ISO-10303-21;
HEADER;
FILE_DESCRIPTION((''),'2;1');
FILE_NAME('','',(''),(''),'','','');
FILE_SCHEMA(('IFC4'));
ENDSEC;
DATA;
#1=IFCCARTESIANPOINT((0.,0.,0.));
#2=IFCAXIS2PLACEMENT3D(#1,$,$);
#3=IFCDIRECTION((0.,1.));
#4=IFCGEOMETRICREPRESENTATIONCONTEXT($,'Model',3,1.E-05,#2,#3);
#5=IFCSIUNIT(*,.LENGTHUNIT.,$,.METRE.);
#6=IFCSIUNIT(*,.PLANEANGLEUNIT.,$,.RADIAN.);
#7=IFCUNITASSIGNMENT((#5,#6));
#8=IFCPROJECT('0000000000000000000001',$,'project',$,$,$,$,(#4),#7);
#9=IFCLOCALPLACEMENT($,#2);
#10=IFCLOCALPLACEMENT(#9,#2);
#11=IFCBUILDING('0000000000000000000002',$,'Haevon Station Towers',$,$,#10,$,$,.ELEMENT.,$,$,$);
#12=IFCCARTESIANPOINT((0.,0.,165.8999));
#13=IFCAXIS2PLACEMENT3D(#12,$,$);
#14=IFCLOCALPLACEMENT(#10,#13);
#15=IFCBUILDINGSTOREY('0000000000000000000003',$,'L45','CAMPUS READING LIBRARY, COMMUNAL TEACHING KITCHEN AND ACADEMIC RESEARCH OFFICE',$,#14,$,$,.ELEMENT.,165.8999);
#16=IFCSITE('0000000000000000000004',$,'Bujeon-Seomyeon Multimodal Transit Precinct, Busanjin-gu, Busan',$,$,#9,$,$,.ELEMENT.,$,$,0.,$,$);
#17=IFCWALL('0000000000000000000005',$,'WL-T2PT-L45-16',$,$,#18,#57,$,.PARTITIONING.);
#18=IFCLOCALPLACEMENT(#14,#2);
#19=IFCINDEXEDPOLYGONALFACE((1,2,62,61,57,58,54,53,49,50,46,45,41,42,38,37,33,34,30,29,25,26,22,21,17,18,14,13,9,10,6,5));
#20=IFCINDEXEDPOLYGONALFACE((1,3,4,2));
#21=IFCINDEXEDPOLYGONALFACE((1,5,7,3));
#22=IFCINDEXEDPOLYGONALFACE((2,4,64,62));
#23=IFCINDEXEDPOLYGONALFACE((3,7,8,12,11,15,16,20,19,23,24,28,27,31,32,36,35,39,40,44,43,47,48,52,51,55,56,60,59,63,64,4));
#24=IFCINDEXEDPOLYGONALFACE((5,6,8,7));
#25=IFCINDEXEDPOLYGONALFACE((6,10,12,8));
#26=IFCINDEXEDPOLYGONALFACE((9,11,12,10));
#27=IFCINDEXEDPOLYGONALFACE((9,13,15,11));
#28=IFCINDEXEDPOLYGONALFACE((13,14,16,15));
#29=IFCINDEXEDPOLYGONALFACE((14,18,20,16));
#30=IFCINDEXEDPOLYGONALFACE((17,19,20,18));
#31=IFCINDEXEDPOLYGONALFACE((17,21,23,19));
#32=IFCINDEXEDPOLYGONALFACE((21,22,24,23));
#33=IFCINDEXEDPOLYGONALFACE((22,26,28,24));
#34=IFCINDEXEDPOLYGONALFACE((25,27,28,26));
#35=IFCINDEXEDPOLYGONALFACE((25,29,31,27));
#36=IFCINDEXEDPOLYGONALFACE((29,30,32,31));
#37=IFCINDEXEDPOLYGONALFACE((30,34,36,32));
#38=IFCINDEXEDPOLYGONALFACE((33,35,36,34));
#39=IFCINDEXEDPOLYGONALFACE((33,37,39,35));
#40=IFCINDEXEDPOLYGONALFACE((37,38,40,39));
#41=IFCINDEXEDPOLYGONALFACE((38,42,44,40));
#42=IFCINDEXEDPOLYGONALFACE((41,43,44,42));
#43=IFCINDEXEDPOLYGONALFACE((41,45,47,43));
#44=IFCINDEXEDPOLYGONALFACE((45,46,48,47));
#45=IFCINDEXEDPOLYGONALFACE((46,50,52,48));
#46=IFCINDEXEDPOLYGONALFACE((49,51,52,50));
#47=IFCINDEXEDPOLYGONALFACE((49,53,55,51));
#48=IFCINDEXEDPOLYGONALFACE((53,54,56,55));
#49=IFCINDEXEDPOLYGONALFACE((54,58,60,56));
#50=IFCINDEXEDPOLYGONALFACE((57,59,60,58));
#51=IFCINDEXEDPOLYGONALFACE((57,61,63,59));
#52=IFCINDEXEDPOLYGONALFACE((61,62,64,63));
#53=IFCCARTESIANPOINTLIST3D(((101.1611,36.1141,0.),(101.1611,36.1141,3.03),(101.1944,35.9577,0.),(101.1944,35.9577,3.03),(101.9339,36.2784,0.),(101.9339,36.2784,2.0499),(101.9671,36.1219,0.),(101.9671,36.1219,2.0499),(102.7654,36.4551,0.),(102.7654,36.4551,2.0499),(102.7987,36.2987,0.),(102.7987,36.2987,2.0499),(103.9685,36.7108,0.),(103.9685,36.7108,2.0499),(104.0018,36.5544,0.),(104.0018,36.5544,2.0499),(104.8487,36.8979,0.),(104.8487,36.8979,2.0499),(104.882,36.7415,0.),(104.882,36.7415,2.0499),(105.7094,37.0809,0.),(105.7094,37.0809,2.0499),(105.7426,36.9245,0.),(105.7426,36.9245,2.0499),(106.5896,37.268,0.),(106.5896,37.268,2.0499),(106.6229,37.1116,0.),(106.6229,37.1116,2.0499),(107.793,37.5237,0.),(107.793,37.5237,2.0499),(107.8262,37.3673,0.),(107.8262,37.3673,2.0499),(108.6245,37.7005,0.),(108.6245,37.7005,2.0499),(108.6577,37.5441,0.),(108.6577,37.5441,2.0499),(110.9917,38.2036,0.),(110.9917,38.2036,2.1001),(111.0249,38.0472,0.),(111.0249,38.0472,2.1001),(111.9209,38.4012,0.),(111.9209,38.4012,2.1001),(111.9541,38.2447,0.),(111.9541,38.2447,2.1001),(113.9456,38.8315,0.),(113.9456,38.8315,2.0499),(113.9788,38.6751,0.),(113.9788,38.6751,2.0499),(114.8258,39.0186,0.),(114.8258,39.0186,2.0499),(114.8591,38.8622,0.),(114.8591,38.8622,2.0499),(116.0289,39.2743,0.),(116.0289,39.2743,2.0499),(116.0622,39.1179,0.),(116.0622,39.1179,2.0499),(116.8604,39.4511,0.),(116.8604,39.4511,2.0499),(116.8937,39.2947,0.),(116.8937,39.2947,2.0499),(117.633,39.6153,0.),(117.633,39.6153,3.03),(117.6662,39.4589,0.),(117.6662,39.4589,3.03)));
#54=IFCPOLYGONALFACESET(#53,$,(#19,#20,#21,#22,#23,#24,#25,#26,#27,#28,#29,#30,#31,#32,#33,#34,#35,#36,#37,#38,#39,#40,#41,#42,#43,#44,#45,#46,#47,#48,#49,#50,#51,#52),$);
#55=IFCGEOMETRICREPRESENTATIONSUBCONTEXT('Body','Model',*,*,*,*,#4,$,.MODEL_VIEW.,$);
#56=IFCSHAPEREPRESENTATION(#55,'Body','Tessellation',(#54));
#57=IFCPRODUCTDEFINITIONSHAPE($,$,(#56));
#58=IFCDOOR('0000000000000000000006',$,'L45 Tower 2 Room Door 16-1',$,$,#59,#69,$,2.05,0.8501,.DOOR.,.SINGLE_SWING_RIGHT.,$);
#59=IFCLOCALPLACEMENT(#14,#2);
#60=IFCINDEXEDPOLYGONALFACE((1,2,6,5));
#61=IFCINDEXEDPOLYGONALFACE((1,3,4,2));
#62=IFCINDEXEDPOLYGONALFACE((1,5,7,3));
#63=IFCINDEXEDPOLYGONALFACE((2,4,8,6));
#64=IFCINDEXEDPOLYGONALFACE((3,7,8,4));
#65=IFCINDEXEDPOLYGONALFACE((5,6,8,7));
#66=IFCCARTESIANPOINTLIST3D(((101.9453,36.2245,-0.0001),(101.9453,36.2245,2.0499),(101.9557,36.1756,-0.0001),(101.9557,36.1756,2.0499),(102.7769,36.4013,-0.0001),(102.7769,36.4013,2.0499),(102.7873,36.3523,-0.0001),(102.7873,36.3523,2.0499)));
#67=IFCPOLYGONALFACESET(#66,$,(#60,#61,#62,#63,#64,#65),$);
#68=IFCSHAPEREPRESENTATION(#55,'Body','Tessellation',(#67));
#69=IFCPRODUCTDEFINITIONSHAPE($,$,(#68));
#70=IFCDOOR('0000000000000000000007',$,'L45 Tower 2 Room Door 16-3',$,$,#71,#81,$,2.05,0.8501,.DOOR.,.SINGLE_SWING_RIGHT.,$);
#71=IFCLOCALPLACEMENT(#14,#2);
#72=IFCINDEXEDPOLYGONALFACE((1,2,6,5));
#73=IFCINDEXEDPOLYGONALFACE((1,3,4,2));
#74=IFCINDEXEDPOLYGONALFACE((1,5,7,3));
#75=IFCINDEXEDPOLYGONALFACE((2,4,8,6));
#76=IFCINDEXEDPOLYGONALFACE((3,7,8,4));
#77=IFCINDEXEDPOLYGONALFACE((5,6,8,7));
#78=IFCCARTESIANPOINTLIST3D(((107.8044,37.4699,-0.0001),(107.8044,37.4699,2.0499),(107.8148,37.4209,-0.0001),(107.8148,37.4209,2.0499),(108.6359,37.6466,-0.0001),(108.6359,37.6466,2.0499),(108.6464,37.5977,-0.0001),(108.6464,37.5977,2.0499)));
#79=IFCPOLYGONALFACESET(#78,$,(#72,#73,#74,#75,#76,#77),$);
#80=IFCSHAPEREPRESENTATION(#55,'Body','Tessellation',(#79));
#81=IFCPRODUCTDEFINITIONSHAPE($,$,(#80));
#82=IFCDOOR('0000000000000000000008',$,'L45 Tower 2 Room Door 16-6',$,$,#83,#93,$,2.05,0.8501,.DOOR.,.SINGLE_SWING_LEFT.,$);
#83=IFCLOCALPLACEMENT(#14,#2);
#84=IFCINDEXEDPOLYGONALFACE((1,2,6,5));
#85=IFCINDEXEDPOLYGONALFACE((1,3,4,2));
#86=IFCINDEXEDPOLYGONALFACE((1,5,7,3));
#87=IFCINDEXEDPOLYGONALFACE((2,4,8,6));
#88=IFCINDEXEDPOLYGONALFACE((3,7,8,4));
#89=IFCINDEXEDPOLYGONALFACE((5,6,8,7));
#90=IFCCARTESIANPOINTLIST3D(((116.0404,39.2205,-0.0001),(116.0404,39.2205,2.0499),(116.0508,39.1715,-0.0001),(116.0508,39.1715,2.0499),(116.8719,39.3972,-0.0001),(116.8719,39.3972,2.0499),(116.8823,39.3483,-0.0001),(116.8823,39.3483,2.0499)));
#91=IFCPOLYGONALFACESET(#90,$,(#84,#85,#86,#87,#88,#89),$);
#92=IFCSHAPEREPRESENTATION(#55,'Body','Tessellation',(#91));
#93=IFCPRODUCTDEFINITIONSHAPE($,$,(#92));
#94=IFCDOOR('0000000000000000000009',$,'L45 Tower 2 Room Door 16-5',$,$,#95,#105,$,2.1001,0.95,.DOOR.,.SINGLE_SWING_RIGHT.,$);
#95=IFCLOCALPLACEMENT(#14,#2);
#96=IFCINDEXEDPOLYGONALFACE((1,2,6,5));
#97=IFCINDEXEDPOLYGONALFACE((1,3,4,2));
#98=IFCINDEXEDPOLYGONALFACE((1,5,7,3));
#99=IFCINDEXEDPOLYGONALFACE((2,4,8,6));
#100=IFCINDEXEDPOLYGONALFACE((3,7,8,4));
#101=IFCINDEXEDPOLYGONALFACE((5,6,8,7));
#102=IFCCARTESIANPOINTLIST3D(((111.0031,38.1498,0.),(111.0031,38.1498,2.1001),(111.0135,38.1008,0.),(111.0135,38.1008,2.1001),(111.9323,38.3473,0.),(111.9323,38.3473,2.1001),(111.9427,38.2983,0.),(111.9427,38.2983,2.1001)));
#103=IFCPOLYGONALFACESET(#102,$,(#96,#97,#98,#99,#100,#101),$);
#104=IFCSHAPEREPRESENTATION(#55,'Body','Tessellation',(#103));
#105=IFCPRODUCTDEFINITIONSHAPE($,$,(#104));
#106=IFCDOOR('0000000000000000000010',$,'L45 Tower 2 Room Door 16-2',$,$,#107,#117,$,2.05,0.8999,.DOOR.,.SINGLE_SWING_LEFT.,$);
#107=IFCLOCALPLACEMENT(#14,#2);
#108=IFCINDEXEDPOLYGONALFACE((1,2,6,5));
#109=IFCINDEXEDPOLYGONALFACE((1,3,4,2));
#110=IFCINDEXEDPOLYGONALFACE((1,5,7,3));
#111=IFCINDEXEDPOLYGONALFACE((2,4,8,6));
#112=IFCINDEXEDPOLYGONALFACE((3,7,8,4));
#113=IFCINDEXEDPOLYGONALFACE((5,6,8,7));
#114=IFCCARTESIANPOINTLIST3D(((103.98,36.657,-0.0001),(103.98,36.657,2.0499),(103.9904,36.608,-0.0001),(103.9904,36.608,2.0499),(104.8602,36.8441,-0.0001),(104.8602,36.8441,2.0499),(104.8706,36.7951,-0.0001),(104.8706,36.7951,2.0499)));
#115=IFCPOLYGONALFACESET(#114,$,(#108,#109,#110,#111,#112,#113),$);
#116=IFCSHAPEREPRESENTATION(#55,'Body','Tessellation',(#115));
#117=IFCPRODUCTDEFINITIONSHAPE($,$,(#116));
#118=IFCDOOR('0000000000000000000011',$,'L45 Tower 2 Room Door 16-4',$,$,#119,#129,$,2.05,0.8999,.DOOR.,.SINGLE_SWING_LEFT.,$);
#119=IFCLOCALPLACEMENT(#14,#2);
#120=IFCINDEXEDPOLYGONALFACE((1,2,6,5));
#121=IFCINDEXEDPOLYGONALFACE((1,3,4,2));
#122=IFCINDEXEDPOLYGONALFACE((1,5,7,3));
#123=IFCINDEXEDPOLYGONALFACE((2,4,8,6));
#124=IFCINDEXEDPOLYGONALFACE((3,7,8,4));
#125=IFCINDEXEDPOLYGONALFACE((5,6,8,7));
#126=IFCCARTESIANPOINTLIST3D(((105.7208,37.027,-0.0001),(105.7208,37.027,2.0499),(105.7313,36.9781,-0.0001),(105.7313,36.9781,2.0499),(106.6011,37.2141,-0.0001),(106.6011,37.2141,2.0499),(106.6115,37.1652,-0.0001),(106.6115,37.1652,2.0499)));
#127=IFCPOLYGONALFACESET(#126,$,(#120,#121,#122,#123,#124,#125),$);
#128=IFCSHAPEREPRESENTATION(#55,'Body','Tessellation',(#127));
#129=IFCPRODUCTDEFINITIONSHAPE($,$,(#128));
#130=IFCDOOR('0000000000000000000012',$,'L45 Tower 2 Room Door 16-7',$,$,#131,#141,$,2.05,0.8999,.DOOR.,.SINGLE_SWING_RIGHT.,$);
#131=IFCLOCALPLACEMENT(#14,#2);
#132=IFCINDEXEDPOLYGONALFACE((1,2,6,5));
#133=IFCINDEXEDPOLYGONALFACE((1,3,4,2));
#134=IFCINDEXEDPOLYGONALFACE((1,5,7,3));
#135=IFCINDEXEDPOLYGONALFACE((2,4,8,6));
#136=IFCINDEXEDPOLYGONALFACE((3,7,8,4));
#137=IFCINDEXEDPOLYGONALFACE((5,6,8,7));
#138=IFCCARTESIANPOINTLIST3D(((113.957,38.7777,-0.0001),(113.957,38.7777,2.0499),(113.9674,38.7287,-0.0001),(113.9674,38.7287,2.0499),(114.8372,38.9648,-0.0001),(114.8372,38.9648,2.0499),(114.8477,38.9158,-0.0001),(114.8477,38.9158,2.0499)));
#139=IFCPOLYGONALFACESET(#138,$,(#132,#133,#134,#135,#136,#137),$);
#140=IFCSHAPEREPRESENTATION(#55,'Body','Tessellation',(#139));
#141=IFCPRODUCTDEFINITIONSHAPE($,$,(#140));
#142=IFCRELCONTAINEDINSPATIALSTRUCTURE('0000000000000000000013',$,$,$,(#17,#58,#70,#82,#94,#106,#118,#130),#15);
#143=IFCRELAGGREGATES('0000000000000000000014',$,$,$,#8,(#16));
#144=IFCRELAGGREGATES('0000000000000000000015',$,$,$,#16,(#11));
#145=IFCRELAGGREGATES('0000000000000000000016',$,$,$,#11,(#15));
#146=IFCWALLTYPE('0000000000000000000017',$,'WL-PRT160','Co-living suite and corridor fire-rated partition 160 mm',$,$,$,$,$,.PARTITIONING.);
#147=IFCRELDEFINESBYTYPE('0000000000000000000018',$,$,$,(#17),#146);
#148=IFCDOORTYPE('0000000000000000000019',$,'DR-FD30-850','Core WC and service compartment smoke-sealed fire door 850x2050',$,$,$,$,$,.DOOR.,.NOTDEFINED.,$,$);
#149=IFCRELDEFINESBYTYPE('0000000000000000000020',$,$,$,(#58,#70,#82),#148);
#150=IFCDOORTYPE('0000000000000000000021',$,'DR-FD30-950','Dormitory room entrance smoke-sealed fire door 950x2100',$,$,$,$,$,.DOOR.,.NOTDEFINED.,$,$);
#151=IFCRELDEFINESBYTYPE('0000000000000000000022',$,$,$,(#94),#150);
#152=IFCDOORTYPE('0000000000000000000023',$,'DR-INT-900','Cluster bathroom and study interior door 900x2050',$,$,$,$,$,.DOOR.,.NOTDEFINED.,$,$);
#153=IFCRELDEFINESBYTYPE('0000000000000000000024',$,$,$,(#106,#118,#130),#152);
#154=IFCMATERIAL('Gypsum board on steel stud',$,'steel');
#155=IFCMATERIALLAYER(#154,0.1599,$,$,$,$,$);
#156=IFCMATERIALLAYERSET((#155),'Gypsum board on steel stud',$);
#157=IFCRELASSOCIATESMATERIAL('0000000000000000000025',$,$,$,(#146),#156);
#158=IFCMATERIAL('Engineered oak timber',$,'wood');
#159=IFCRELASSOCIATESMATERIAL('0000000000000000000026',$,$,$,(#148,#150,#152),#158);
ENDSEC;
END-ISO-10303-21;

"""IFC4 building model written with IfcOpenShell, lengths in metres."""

from ifc_helpers import new_model, si_unit, direction, frame, frame_2d, origin, place, context, subcontext, project, spatial, rectangle, extrude, material, layer, layer_set, type_object, element, fill, save


model = new_model("IFC4")

# Units and contexts
model_context = context("Model", 3, precision=1e-05, world=origin(), true_north=direction((0.0, 1.0)))
body_context = subcontext(model_context, "Body", "Model", "MODEL_VIEW")
ifc_project = project(units=[si_unit("LENGTHUNIT", "METRE"), si_unit("PLANEANGLEUNIT", "RADIAN")], contexts=[model_context])

# Site, building, storey
site_placement = place(None, origin())
site = spatial("IfcSite", under=ifc_project, at=site_placement, Name="Bujeon-Seomyeon Multimodal Transit Precinct, Busanjin-gu, Busan", CompositionType="ELEMENT", RefElevation=0.0)
building_placement = place(site_placement, origin())
building = spatial("IfcBuilding", under=site, at=building_placement, Name="Haevon Station Towers", CompositionType="ELEMENT")
storey_placement = place(building_placement, frame((0.0, 0.0, 165.8999)))
storey = spatial("IfcBuildingStorey", under=building, at=storey_placement, Name="L45", Description="CAMPUS READING LIBRARY, COMMUNAL TEACHING KITCHEN AND ACADEMIC RESEARCH OFFICE", CompositionType="ELEMENT", Elevation=165.8999)

# Wall, openings, doors
ifc_material_1 = material(Name="Gypsum board on steel stud", Category="steel")
ifc_layer = layer(ifc_material_1, 0.1599)
ifc_layer_set = layer_set([ifc_layer], Name="Gypsum board on steel stud")
wall_type = type_object("IfcWallType", Name="WL-PRT160", Description="Co-living suite and corridor fire-rated partition 160 mm", PredefinedType="PARTITIONING", material=ifc_layer_set)
wall_placement = place(storey_placement, frame((101.1777, 36.0359, 0.0), z_axis=(0.0, 0.0, 1.0), x_axis=(0.978148, 0.207912, 0.0)))
wall = element("IfcWall", 1, at=wall_placement, inside=storey, type_object=wall_type, Name="WL-T2PT-L45-16", PredefinedType="PARTITIONING", context=body_context, shape_type="SweptSolid", body=[
    extrude(rectangle(XDim=16.8398, YDim=0.1599, at=frame_2d((8.4199, 0.0))), origin(), (0.0, 0.0, 1.0), 3.03),
])
opening_1_placement = place(wall_placement, frame((0.79, 0.0, 0.0)))
opening_1 = element("IfcOpeningElement", 2, at=opening_1_placement, cuts=wall, PredefinedType="OPENING", context=body_context, shape_type="SweptSolid", body=[
    extrude(rectangle(XDim=0.8501, YDim=2.05, at=frame_2d((0.425, 1.0249))), frame((0.0, 0.0898, 0.0), z_axis=(0.0, -1.0, 0.0), x_axis=(1.0, 0.0, 0.0)), (0.0, 0.0, 1.0), 0.1799),
])
opening_2_placement = place(wall_placement, frame((2.8701, 0.0, 0.0)))
opening_2 = element("IfcOpeningElement", 3, at=opening_2_placement, cuts=wall, PredefinedType="OPENING", context=body_context, shape_type="SweptSolid", body=[
    extrude(rectangle(XDim=0.8999, YDim=2.05, at=frame_2d((0.45, 1.0249))), frame((0.0, 0.0898, 0.0), z_axis=(0.0, -1.0, 0.0), x_axis=(1.0, 0.0, 0.0)), (0.0, 0.0, 1.0), 0.1799),
])
opening_3_placement = place(wall_placement, frame((6.78, 0.0, 0.0)))
opening_3 = element("IfcOpeningElement", 4, at=opening_3_placement, cuts=wall, PredefinedType="OPENING", context=body_context, shape_type="SweptSolid", body=[
    extrude(rectangle(XDim=0.8501, YDim=2.05, at=frame_2d((0.425, 1.0249))), frame((0.0, 0.0898, 0.0), z_axis=(0.0, -1.0, 0.0), x_axis=(1.0, 0.0, 0.0)), (0.0, 0.0, 1.0), 0.1799),
])
opening_4_placement = place(wall_placement, frame((4.6499, 0.0, 0.0)))
opening_4 = element("IfcOpeningElement", 5, at=opening_4_placement, cuts=wall, PredefinedType="OPENING", context=body_context, shape_type="SweptSolid", body=[
    extrude(rectangle(XDim=0.8999, YDim=2.05, at=frame_2d((0.45, 1.0249))), frame((0.0, 0.0898, 0.0), z_axis=(0.0, -1.0, 0.0), x_axis=(1.0, 0.0, 0.0)), (0.0, 0.0, 1.0), 0.1799),
])
opening_5_placement = place(wall_placement, frame((10.05, 0.0, 0.0)))
opening_5 = element("IfcOpeningElement", 6, at=opening_5_placement, cuts=wall, PredefinedType="OPENING", context=body_context, shape_type="SweptSolid", body=[
    extrude(rectangle(XDim=0.95, YDim=2.1001, at=frame_2d((0.4751, 1.05))), frame((0.0, 0.0898, 0.0), z_axis=(0.0, -1.0, 0.0), x_axis=(1.0, 0.0, 0.0)), (0.0, 0.0, 1.0), 0.1799),
])
opening_6_placement = place(wall_placement, frame((15.2, 0.0, 0.0)))
opening_6 = element("IfcOpeningElement", 7, at=opening_6_placement, cuts=wall, PredefinedType="OPENING", context=body_context, shape_type="SweptSolid", body=[
    extrude(rectangle(XDim=0.8501, YDim=2.05, at=frame_2d((0.425, 1.0249))), frame((0.0, 0.0898, 0.0), z_axis=(0.0, -1.0, 0.0), x_axis=(1.0, 0.0, 0.0)), (0.0, 0.0, 1.0), 0.1799),
])
opening_7_placement = place(wall_placement, frame((13.0701, 0.0, 0.0)))
opening_7 = element("IfcOpeningElement", 8, at=opening_7_placement, cuts=wall, PredefinedType="OPENING", context=body_context, shape_type="SweptSolid", body=[
    extrude(rectangle(XDim=0.8999, YDim=2.05, at=frame_2d((0.45, 1.0249))), frame((0.0, 0.0898, 0.0), z_axis=(0.0, -1.0, 0.0), x_axis=(1.0, 0.0, 0.0)), (0.0, 0.0, 1.0), 0.1799),
])
ifc_material_2 = material(Name="Engineered oak timber", Category="wood")
door_type_1 = type_object("IfcDoorType", Name="DR-FD30-850", Description="Core WC and service compartment smoke-sealed fire door 850x2050", OperationType="NOTDEFINED", PredefinedType="DOOR", material=ifc_material_2)
door_1_placement = place(opening_1_placement, origin())
door_1 = element("IfcDoor", 9, at=door_1_placement, inside=storey, type_object=door_type_1, Name="L45 Tower 2 Room Door 16-1", OperationType="SINGLE_SWING_RIGHT", OverallHeight=2.05, OverallWidth=0.8501, PredefinedType="DOOR", context=body_context, shape_type="SweptSolid", body=[
    extrude(rectangle(XDim=0.8501, YDim=2.05, at=frame_2d((0.425, 1.0249))), frame((0.0, 0.0249, 0.0), z_axis=(0.0, -1.0, 0.0), x_axis=(1.0, 0.0, 0.0)), (0.0, 0.0, 1.0), 0.05),
])
fill(opening_1, door_1)
door_2_placement = place(opening_3_placement, origin())
door_2 = element("IfcDoor", 10, at=door_2_placement, inside=storey, type_object=door_type_1, Name="L45 Tower 2 Room Door 16-3", OperationType="SINGLE_SWING_RIGHT", OverallHeight=2.05, OverallWidth=0.8501, PredefinedType="DOOR", context=body_context, shape_type="SweptSolid", body=[
    extrude(rectangle(XDim=0.8501, YDim=2.05, at=frame_2d((0.425, 1.0249))), frame((0.0, 0.0249, 0.0), z_axis=(0.0, -1.0, 0.0), x_axis=(1.0, 0.0, 0.0)), (0.0, 0.0, 1.0), 0.05),
])
fill(opening_3, door_2)
door_3_placement = place(opening_6_placement, origin())
door_3 = element("IfcDoor", 11, at=door_3_placement, inside=storey, type_object=door_type_1, Name="L45 Tower 2 Room Door 16-6", OperationType="SINGLE_SWING_LEFT", OverallHeight=2.05, OverallWidth=0.8501, PredefinedType="DOOR", context=body_context, shape_type="SweptSolid", body=[
    extrude(rectangle(XDim=0.8501, YDim=2.05, at=frame_2d((0.425, 1.0249))), frame((0.0, 0.0249, 0.0), z_axis=(0.0, -1.0, 0.0), x_axis=(1.0, 0.0, 0.0)), (0.0, 0.0, 1.0), 0.05),
])
fill(opening_6, door_3)
door_type_2 = type_object("IfcDoorType", Name="DR-FD30-950", Description="Dormitory room entrance smoke-sealed fire door 950x2100", OperationType="NOTDEFINED", PredefinedType="DOOR", material=ifc_material_2)
door_4_placement = place(opening_5_placement, origin())
door_4 = element("IfcDoor", 12, at=door_4_placement, inside=storey, type_object=door_type_2, Name="L45 Tower 2 Room Door 16-5", OperationType="SINGLE_SWING_RIGHT", OverallHeight=2.1001, OverallWidth=0.95, PredefinedType="DOOR", context=body_context, shape_type="SweptSolid", body=[
    extrude(rectangle(XDim=0.95, YDim=2.1001, at=frame_2d((0.4751, 1.05))), frame((0.0, 0.0249, 0.0), z_axis=(0.0, -1.0, 0.0), x_axis=(1.0, 0.0, 0.0)), (0.0, 0.0, 1.0), 0.05),
])
fill(opening_5, door_4)
door_type_3 = type_object("IfcDoorType", Name="DR-INT-900", Description="Cluster bathroom and study interior door 900x2050", OperationType="NOTDEFINED", PredefinedType="DOOR", material=ifc_material_2)
door_5_placement = place(opening_2_placement, origin())
door_5 = element("IfcDoor", 13, at=door_5_placement, inside=storey, type_object=door_type_3, Name="L45 Tower 2 Room Door 16-2", OperationType="SINGLE_SWING_LEFT", OverallHeight=2.05, OverallWidth=0.8999, PredefinedType="DOOR", context=body_context, shape_type="SweptSolid", body=[
    extrude(rectangle(XDim=0.8999, YDim=2.05, at=frame_2d((0.45, 1.0249))), frame((0.0, 0.0249, 0.0), z_axis=(0.0, -1.0, 0.0), x_axis=(1.0, 0.0, 0.0)), (0.0, 0.0, 1.0), 0.05),
])
fill(opening_2, door_5)
door_6_placement = place(opening_4_placement, origin())
door_6 = element("IfcDoor", 14, at=door_6_placement, inside=storey, type_object=door_type_3, Name="L45 Tower 2 Room Door 16-4", OperationType="SINGLE_SWING_LEFT", OverallHeight=2.05, OverallWidth=0.8999, PredefinedType="DOOR", context=body_context, shape_type="SweptSolid", body=[
    extrude(rectangle(XDim=0.8999, YDim=2.05, at=frame_2d((0.45, 1.0249))), frame((0.0, 0.0249, 0.0), z_axis=(0.0, -1.0, 0.0), x_axis=(1.0, 0.0, 0.0)), (0.0, 0.0, 1.0), 0.05),
])
fill(opening_4, door_6)
door_7_placement = place(opening_7_placement, origin())
door_7 = element("IfcDoor", 15, at=door_7_placement, inside=storey, type_object=door_type_3, Name="L45 Tower 2 Room Door 16-7", OperationType="SINGLE_SWING_RIGHT", OverallHeight=2.05, OverallWidth=0.8999, PredefinedType="DOOR", context=body_context, shape_type="SweptSolid", body=[
    extrude(rectangle(XDim=0.8999, YDim=2.05, at=frame_2d((0.45, 1.0249))), frame((0.0, 0.0249, 0.0), z_axis=(0.0, -1.0, 0.0), x_axis=(1.0, 0.0, 0.0)), (0.0, 0.0, 1.0), 0.05),
])
fill(opening_7, door_7)

save(model, "model.ifc")
